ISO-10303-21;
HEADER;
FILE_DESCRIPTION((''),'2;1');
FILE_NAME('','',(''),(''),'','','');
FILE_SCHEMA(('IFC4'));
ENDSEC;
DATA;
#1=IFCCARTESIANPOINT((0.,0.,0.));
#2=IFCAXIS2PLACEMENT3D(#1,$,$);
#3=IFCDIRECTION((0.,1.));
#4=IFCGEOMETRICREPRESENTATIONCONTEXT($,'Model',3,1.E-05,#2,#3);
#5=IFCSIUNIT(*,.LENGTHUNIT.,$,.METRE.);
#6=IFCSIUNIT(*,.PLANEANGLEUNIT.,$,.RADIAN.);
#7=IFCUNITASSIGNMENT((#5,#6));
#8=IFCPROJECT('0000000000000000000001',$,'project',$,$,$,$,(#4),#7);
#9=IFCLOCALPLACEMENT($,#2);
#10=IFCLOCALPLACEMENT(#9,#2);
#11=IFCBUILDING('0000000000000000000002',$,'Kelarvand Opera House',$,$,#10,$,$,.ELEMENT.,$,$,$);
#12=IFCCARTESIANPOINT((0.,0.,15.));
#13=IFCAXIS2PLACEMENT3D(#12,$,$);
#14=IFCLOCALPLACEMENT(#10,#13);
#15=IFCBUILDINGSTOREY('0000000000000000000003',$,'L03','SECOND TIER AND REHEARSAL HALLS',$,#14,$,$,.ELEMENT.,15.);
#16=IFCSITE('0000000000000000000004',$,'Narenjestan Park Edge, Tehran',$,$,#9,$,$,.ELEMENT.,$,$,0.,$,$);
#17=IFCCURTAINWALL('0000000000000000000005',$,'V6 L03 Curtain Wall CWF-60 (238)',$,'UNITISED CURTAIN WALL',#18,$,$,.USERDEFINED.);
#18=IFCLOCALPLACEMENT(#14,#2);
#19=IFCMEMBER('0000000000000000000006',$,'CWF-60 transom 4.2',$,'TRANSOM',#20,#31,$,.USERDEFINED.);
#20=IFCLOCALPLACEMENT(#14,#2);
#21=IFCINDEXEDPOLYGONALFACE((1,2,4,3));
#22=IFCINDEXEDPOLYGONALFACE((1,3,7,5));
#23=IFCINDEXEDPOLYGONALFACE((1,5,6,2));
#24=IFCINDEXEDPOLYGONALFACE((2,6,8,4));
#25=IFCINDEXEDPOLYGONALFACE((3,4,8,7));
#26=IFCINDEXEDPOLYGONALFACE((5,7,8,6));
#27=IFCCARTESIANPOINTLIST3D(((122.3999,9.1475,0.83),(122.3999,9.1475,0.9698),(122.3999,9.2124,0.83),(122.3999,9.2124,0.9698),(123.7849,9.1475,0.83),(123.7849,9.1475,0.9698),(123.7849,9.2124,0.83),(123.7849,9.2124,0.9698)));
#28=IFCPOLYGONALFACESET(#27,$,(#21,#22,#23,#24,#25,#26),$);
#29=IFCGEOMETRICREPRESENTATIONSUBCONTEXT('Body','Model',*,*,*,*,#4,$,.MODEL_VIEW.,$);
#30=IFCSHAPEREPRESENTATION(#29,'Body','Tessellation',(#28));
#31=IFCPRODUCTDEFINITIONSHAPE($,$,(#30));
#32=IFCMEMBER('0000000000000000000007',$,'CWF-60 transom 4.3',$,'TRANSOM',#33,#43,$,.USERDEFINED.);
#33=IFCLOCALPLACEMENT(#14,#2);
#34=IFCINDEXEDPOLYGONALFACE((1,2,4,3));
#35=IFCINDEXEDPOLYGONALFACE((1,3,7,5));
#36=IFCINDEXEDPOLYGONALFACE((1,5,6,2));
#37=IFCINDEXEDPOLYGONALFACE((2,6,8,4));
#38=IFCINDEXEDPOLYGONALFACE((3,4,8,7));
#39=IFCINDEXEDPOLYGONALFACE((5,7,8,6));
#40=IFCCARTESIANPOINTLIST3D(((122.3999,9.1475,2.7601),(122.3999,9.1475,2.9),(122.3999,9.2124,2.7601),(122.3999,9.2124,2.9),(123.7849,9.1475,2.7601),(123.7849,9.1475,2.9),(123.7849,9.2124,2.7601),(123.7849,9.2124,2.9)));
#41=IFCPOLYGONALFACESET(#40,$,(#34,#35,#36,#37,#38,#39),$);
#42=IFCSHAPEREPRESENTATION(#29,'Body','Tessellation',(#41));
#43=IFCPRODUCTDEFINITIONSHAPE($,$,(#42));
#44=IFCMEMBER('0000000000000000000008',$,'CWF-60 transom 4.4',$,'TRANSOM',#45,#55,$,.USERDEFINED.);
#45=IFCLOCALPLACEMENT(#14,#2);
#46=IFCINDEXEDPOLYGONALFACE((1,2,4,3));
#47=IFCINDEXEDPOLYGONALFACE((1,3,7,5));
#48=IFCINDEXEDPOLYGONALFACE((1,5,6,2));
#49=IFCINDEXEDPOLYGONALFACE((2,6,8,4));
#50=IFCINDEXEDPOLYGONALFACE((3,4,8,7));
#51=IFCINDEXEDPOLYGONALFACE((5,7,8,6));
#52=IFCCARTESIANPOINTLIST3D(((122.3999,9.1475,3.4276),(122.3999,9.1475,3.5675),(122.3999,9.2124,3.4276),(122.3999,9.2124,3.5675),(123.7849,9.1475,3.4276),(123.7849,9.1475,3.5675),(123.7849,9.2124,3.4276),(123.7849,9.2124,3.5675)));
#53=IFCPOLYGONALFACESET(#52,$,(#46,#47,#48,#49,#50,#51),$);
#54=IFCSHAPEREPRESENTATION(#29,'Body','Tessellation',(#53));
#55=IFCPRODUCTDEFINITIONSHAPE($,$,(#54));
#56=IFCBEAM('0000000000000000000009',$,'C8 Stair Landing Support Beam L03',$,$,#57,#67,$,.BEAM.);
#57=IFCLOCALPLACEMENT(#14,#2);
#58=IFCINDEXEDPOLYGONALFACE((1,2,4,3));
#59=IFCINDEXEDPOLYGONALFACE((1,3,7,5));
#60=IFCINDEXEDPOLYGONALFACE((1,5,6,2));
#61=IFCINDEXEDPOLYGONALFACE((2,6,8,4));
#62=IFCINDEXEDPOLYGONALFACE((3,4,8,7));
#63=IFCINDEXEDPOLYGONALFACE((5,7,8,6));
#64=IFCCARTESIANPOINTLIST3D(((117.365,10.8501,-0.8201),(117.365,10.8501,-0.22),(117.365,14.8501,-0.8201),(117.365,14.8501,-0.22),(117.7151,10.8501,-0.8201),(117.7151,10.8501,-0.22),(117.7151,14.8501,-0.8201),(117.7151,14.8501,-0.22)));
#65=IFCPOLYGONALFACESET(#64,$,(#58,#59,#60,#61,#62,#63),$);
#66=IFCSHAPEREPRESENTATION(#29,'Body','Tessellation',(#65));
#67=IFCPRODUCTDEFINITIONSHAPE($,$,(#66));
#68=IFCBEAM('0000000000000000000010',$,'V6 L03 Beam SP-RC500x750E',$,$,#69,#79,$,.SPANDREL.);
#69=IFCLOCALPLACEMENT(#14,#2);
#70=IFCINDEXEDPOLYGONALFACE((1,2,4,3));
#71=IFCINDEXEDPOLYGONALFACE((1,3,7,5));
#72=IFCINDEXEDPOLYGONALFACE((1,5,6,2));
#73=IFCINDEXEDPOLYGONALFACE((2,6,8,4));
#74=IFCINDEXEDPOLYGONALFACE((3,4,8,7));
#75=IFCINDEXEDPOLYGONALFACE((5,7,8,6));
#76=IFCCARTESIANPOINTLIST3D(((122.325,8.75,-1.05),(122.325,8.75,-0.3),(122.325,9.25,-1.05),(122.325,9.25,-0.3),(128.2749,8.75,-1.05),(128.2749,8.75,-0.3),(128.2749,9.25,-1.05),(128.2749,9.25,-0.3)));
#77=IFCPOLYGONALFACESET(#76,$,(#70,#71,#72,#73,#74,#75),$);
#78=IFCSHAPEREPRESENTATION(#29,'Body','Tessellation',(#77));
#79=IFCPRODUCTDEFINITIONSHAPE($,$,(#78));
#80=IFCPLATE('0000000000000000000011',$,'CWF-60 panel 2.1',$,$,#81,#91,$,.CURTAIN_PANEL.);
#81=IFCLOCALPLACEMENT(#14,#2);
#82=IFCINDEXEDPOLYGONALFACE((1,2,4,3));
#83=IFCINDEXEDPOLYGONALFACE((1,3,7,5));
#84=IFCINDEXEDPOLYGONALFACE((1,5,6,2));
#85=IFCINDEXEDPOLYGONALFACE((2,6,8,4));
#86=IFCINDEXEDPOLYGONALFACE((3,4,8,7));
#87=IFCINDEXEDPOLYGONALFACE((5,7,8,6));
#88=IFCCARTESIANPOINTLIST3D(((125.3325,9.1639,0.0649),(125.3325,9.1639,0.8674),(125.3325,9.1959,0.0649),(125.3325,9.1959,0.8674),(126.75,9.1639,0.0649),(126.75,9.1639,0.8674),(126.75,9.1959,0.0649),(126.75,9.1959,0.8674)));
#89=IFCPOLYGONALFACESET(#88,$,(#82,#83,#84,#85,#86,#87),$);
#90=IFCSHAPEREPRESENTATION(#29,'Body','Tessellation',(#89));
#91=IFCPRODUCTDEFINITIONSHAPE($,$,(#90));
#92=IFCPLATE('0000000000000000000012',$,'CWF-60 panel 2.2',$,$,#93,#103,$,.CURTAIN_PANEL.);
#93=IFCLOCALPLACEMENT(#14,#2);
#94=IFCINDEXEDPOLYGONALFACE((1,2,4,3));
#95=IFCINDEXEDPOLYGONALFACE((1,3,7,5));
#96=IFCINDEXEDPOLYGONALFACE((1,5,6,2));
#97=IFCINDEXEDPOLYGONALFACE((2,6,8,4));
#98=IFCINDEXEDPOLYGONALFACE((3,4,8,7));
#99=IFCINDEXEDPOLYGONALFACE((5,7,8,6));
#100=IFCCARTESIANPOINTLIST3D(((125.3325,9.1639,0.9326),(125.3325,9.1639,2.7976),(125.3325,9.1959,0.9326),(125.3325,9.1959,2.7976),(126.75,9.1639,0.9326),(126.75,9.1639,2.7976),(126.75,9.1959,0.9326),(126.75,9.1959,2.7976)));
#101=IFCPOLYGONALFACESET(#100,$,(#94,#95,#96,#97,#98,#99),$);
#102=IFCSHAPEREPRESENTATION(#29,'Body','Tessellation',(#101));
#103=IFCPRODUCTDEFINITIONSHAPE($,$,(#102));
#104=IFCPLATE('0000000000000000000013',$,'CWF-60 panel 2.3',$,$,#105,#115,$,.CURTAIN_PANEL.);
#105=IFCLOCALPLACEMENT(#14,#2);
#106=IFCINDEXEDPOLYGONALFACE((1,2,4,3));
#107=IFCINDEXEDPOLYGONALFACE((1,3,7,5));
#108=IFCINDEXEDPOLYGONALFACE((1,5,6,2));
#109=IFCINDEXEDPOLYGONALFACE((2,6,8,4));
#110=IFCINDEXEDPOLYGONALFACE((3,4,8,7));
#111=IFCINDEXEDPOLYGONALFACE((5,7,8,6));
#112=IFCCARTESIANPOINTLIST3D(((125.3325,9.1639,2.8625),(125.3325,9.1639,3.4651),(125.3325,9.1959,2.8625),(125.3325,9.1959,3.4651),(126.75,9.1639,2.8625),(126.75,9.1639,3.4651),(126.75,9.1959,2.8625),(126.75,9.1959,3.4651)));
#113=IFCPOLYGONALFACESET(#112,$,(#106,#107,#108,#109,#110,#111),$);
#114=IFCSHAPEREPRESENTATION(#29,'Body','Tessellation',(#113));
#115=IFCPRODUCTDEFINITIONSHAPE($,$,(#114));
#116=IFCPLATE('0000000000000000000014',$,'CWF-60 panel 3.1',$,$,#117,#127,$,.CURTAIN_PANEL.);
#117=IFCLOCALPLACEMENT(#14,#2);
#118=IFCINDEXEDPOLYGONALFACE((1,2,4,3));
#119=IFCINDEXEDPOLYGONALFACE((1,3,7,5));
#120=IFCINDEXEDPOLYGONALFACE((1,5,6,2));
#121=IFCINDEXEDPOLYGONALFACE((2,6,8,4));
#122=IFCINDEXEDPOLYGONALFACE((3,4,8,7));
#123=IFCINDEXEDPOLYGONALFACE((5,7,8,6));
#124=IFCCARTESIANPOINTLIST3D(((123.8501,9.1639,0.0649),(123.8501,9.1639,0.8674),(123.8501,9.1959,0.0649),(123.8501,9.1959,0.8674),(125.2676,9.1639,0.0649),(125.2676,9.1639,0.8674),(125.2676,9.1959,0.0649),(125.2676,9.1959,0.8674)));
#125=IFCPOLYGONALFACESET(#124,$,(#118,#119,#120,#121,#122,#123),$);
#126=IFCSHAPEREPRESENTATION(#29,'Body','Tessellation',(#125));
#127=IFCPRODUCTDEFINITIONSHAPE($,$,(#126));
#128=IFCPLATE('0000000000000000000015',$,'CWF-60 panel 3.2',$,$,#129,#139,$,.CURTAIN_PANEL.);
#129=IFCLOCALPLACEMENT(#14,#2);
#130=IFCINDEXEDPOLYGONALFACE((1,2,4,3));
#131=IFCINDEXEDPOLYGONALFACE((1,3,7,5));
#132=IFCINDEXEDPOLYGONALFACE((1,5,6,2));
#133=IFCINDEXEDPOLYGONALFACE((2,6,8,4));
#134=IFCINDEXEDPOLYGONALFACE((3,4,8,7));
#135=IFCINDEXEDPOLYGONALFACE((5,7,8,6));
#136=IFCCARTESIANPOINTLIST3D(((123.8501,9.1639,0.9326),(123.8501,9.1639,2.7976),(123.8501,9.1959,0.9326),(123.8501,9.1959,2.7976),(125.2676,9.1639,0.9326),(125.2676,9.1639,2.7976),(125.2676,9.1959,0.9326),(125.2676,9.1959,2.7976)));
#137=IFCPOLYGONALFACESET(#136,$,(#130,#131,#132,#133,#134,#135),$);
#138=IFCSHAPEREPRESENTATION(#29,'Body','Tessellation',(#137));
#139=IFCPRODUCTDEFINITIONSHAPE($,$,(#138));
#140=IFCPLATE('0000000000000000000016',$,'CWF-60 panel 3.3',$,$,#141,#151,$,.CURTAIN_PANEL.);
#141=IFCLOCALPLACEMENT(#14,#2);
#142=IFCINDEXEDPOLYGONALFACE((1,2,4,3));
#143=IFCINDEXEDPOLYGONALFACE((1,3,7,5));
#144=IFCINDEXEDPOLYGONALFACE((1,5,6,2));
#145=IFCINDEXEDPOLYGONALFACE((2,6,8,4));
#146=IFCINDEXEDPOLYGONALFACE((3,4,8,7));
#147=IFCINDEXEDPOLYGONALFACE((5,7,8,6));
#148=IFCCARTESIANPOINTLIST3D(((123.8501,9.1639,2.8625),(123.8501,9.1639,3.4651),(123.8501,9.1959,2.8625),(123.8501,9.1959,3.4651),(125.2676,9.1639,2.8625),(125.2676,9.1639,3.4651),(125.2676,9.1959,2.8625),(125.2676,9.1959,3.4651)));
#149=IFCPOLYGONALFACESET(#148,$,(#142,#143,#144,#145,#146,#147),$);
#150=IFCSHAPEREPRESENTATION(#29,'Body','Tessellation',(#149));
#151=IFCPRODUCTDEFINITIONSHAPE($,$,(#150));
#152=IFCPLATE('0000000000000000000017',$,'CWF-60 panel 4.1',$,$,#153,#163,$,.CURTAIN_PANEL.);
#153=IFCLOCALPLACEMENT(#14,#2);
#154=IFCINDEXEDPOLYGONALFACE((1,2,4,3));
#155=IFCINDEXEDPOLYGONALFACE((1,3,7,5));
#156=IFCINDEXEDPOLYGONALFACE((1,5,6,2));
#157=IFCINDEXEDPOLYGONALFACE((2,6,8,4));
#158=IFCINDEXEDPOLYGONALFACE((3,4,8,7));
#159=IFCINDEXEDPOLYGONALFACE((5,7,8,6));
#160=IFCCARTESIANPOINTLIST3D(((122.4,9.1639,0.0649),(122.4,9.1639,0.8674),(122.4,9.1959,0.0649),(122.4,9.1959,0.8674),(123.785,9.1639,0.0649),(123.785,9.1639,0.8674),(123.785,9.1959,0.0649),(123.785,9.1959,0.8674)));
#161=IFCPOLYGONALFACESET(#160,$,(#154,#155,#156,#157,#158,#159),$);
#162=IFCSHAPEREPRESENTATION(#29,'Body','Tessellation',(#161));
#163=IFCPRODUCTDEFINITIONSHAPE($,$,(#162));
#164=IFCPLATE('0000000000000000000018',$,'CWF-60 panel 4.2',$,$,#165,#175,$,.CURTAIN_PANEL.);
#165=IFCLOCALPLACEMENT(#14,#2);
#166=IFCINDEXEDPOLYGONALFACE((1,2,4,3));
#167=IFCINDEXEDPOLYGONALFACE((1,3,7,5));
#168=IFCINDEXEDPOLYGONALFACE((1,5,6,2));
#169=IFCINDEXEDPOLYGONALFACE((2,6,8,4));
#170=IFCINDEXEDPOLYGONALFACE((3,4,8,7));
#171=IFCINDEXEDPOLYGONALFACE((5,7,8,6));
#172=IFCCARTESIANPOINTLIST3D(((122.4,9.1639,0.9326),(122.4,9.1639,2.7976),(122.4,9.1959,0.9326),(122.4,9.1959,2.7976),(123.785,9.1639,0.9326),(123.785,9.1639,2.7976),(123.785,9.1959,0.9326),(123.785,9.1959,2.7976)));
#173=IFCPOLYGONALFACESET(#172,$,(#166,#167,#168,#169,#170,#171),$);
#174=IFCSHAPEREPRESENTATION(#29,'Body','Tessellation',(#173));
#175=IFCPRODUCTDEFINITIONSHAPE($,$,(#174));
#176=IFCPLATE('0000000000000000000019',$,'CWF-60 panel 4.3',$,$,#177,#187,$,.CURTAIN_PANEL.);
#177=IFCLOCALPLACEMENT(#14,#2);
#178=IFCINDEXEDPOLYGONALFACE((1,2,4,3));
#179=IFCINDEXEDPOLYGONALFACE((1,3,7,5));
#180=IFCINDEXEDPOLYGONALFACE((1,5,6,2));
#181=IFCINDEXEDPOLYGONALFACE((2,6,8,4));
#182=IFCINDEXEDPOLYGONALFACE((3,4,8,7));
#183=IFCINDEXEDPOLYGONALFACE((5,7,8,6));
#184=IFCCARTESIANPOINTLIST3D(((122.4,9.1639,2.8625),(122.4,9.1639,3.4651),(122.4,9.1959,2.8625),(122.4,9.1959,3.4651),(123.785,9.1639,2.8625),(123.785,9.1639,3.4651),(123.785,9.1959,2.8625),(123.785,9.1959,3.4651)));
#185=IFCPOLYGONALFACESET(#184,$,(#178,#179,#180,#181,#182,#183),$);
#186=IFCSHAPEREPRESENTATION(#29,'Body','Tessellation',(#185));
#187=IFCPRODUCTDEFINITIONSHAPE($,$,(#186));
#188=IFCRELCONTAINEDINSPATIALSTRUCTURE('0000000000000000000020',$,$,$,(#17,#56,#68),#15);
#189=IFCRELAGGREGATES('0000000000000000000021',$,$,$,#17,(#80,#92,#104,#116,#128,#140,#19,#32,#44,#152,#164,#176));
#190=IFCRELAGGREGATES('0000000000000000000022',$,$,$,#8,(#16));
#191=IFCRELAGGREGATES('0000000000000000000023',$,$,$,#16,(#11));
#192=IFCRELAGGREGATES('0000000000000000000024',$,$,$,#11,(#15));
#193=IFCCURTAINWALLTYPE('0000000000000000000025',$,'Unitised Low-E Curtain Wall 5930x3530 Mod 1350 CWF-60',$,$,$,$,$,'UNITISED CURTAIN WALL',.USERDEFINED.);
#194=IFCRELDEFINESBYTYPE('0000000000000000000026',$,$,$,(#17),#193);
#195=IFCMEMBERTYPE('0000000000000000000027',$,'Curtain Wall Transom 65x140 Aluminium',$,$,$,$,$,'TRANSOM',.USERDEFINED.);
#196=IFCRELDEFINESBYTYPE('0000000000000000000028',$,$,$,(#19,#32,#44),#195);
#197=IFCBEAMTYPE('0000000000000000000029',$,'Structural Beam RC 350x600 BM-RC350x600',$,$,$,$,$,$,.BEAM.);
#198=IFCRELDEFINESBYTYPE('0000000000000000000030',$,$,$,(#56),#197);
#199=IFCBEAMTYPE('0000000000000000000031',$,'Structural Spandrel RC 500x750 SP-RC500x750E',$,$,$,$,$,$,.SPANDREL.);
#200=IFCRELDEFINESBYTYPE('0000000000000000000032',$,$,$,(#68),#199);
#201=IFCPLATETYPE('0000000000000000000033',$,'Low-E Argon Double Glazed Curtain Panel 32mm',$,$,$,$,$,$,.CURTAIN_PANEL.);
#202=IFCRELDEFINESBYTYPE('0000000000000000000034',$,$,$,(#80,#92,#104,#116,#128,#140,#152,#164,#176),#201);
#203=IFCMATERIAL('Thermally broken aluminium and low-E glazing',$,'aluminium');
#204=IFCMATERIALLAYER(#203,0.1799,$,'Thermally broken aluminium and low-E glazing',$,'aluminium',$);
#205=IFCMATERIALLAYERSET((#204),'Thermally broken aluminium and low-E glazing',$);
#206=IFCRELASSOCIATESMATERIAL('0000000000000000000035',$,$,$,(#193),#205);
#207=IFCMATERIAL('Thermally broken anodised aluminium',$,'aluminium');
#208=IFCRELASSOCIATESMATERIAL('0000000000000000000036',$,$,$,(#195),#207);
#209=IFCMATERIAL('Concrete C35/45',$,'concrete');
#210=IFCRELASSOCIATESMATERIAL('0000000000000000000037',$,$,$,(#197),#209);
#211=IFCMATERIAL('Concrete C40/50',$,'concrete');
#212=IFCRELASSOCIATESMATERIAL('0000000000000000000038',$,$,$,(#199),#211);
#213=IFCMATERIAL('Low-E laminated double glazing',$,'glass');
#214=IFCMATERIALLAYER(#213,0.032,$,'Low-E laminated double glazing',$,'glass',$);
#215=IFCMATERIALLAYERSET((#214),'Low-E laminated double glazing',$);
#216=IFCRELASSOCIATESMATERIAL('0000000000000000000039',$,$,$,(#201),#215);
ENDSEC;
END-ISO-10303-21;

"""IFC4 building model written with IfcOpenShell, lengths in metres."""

from ifc_helpers import new_model, si_unit, direction, frame, origin, origin_2d, place, context, subcontext, project, spatial, rectangle, extrude, material, layer, layer_set, material_profile, profile_set, type_object, element, aggregate, save


model = new_model("IFC4")

# Units and contexts
model_context = context("Model", 3, precision=1e-05, world=origin(), true_north=direction((0.0, 1.0)))
body_context = subcontext(model_context, "Body", "Model", "MODEL_VIEW")
ifc_project = project(units=[si_unit("LENGTHUNIT", "METRE"), si_unit("PLANEANGLEUNIT", "RADIAN")], contexts=[model_context])

# Site, building, storey
site_placement = place(None, origin())
site = spatial("IfcSite", under=ifc_project, at=site_placement, Name="Narenjestan Park Edge, Tehran", CompositionType="ELEMENT", RefElevation=0.0)
building_placement = place(site_placement, origin())
building = spatial("IfcBuilding", under=site, at=building_placement, Name="Kelarvand Opera House", CompositionType="ELEMENT")
storey_placement = place(building_placement, frame((0.0, 0.0, 15.0)))
storey = spatial("IfcBuildingStorey", under=building, at=storey_placement, Name="L03", Description="SECOND TIER AND REHEARSAL HALLS", CompositionType="ELEMENT", Elevation=15.0)

# Shared definitions
ifc_material_1 = material(Name="Concrete C40/50", Category="concrete")

# Curtain wall, members
ifc_material_2 = material(Name="Thermally broken aluminium and low-E glazing", Category="aluminium")
ifc_layer_1 = layer(ifc_material_2, 0.1799, Name="Thermally broken aluminium and low-E glazing", Category="aluminium")
ifc_layer_set_1 = layer_set([ifc_layer_1], Name="Thermally broken aluminium and low-E glazing")
curtain_wall_type = type_object("IfcCurtainWallType", Name="Unitised Low-E Curtain Wall 5930x3530 Mod 1350 CWF-60", ElementType="UNITISED CURTAIN WALL", PredefinedType="USERDEFINED", material=ifc_layer_set_1)
curtain_wall_placement = place(storey_placement, origin())
curtain_wall = element("IfcCurtainWall", 1, at=curtain_wall_placement, inside=storey, type_object=curtain_wall_type, Name="V6 L03 Curtain Wall CWF-60 (238)", ObjectType="UNITISED CURTAIN WALL", PredefinedType="USERDEFINED")
ifc_material_3 = material(Name="Thermally broken anodised aluminium", Category="aluminium")
ifc_material_profile_1 = material_profile(ifc_material_3, rectangle(XDim=0.0649, YDim=0.1399, at=origin_2d()), Name="ALU TRANSOM 65x140", Category="aluminium")
ifc_profile_set_1 = profile_set([ifc_material_profile_1], Name="Thermally broken anodised aluminium")
member_type_1 = type_object("IfcMemberType", Name="Curtain Wall Transom 65x140 Aluminium", ElementType="TRANSOM", PredefinedType="USERDEFINED", material=ifc_profile_set_1)
member_1_placement = place(storey_placement, frame((123.7849, 9.1799, 0.8999), z_axis=(-1.0, 0.0, 0.0), x_axis=(0.0, -1.0, 0.0)))
member_1 = element("IfcMember", 2, at=member_1_placement, type_object=member_type_1, Name="CWF-60 transom 4.2", ObjectType="TRANSOM", PredefinedType="USERDEFINED", context=body_context, shape_type="SweptSolid", body=[
    extrude(rectangle(XDim=0.0649, YDim=0.1399, at=origin_2d()), origin(), (0.0, 0.0, 1.0), 1.385),
])
member_2_placement = place(storey_placement, frame((123.7849, 9.1799, 2.8301), z_axis=(-1.0, 0.0, 0.0), x_axis=(0.0, -1.0, 0.0)))
member_2 = element("IfcMember", 3, at=member_2_placement, type_object=member_type_1, Name="CWF-60 transom 4.3", ObjectType="TRANSOM", PredefinedType="USERDEFINED", context=body_context, shape_type="SweptSolid", body=[
    extrude(rectangle(XDim=0.0649, YDim=0.1399, at=origin_2d()), origin(), (0.0, 0.0, 1.0), 1.385),
])
member_3_placement = place(storey_placement, frame((123.7849, 9.1799, 3.4976), z_axis=(-1.0, 0.0, 0.0), x_axis=(0.0, -1.0, 0.0)))
member_3 = element("IfcMember", 4, at=member_3_placement, type_object=member_type_1, Name="CWF-60 transom 4.4", ObjectType="TRANSOM", PredefinedType="USERDEFINED", context=body_context, shape_type="SweptSolid", body=[
    extrude(rectangle(XDim=0.0649, YDim=0.1399, at=origin_2d()), origin(), (0.0, 0.0, 1.0), 1.385),
])

# Beams
ifc_material_4 = material(Name="Concrete C35/45", Category="concrete")
ifc_material_profile_2 = material_profile(ifc_material_4, rectangle(XDim=0.3501, YDim=0.6001, at=origin_2d()), Name="RC 350x600", Category="concrete")
ifc_profile_set_2 = profile_set([ifc_material_profile_2], Name="Concrete C35/45")
beam_type_1 = type_object("IfcBeamType", Name="Structural Beam RC 350x600 BM-RC350x600", PredefinedType="BEAM", material=ifc_profile_set_2)
beam_1_placement = place(storey_placement, frame((117.54, 10.8501, -0.52), z_axis=(0.0, 1.0, 0.0), x_axis=(-1.0, 0.0, 0.0)))
element("IfcBeam", 5, at=beam_1_placement, inside=storey, type_object=beam_type_1, Name="C8 Stair Landing Support Beam L03", PredefinedType="BEAM", context=body_context, shape_type="SweptSolid", body=[
    extrude(rectangle(XDim=0.3501, YDim=0.6001, at=origin_2d()), origin(), (0.0, 0.0, 1.0), 4.0),
])
ifc_material_profile_3 = material_profile(ifc_material_1, rectangle(XDim=0.5, YDim=0.75, at=origin_2d()), Name="RC 500x750", Category="concrete")
ifc_profile_set_3 = profile_set([ifc_material_profile_3], Name="Concrete C40/50")
beam_type_2 = type_object("IfcBeamType", Name="Structural Spandrel RC 500x750 SP-RC500x750E", PredefinedType="SPANDREL", material=ifc_profile_set_3)
beam_2_placement = place(storey_placement, frame((122.325, 9.0, -0.675), z_axis=(1.0, 0.0, 0.0), x_axis=(0.0, 1.0, 0.0)))
element("IfcBeam", 6, at=beam_2_placement, inside=storey, type_object=beam_type_2, Name="V6 L03 Beam SP-RC500x750E", PredefinedType="SPANDREL", context=body_context, shape_type="SweptSolid", body=[
    extrude(rectangle(XDim=0.5, YDim=0.75, at=origin_2d()), origin(), (0.0, 0.0, 1.0), 5.95),
])

# Plates
ifc_material_5 = material(Name="Low-E laminated double glazing", Category="glass")
ifc_layer_2 = layer(ifc_material_5, 0.032, Name="Low-E laminated double glazing", Category="glass")
ifc_layer_set_2 = layer_set([ifc_layer_2], Name="Low-E laminated double glazing")
plate_type = type_object("IfcPlateType", Name="Low-E Argon Double Glazed Curtain Panel 32mm", PredefinedType="CURTAIN_PANEL", material=ifc_layer_set_2)
plate_1_placement = place(storey_placement, frame((126.0413, 9.1799, 0.0649), z_axis=(0.0, 0.0, 1.0), x_axis=(-1.0, 0.0, 0.0)))
plate_1 = element("IfcPlate", 7, at=plate_1_placement, type_object=plate_type, Name="CWF-60 panel 2.1", PredefinedType="CURTAIN_PANEL", context=body_context, shape_type="SweptSolid", body=[
    extrude(rectangle(XDim=1.4175, YDim=0.032, at=origin_2d()), origin(), (0.0, 0.0, 1.0), 0.8025),
])
plate_2_placement = place(storey_placement, frame((126.0413, 9.1799, 0.9326), z_axis=(0.0, 0.0, 1.0), x_axis=(-1.0, 0.0, 0.0)))
plate_2 = element("IfcPlate", 8, at=plate_2_placement, type_object=plate_type, Name="CWF-60 panel 2.2", PredefinedType="CURTAIN_PANEL", context=body_context, shape_type="SweptSolid", body=[
    extrude(rectangle(XDim=1.4175, YDim=0.032, at=origin_2d()), origin(), (0.0, 0.0, 1.0), 1.865),
])
plate_3_placement = place(storey_placement, frame((126.0413, 9.1799, 2.8625), z_axis=(0.0, 0.0, 1.0), x_axis=(-1.0, 0.0, 0.0)))
plate_3 = element("IfcPlate", 9, at=plate_3_placement, type_object=plate_type, Name="CWF-60 panel 2.3", PredefinedType="CURTAIN_PANEL", context=body_context, shape_type="SweptSolid", body=[
    extrude(rectangle(XDim=1.4175, YDim=0.032, at=origin_2d()), origin(), (0.0, 0.0, 1.0), 0.6025),
])
plate_4_placement = place(storey_placement, frame((124.5588, 9.1799, 0.0649), z_axis=(0.0, 0.0, 1.0), x_axis=(-1.0, 0.0, 0.0)))
plate_4 = element("IfcPlate", 10, at=plate_4_placement, type_object=plate_type, Name="CWF-60 panel 3.1", PredefinedType="CURTAIN_PANEL", context=body_context, shape_type="SweptSolid", body=[
    extrude(rectangle(XDim=1.4175, YDim=0.032, at=origin_2d()), origin(), (0.0, 0.0, 1.0), 0.8025),
])
plate_5_placement = place(storey_placement, frame((124.5588, 9.1799, 0.9326), z_axis=(0.0, 0.0, 1.0), x_axis=(-1.0, 0.0, 0.0)))
plate_5 = element("IfcPlate", 11, at=plate_5_placement, type_object=plate_type, Name="CWF-60 panel 3.2", PredefinedType="CURTAIN_PANEL", context=body_context, shape_type="SweptSolid", body=[
    extrude(rectangle(XDim=1.4175, YDim=0.032, at=origin_2d()), origin(), (0.0, 0.0, 1.0), 1.865),
])
plate_6_placement = place(storey_placement, frame((124.5588, 9.1799, 2.8625), z_axis=(0.0, 0.0, 1.0), x_axis=(-1.0, 0.0, 0.0)))
plate_6 = element("IfcPlate", 12, at=plate_6_placement, type_object=plate_type, Name="CWF-60 panel 3.3", PredefinedType="CURTAIN_PANEL", context=body_context, shape_type="SweptSolid", body=[
    extrude(rectangle(XDim=1.4175, YDim=0.032, at=origin_2d()), origin(), (0.0, 0.0, 1.0), 0.6025),
])
plate_7_placement = place(storey_placement, frame((123.0925, 9.1799, 0.0649), z_axis=(0.0, 0.0, 1.0), x_axis=(-1.0, 0.0, 0.0)))
plate_7 = element("IfcPlate", 13, at=plate_7_placement, type_object=plate_type, Name="CWF-60 panel 4.1", PredefinedType="CURTAIN_PANEL", context=body_context, shape_type="SweptSolid", body=[
    extrude(rectangle(XDim=1.385, YDim=0.032, at=origin_2d()), origin(), (0.0, 0.0, 1.0), 0.8025),
])
plate_8_placement = place(storey_placement, frame((123.0925, 9.1799, 0.9326), z_axis=(0.0, 0.0, 1.0), x_axis=(-1.0, 0.0, 0.0)))
plate_8 = element("IfcPlate", 14, at=plate_8_placement, type_object=plate_type, Name="CWF-60 panel 4.2", PredefinedType="CURTAIN_PANEL", context=body_context, shape_type="SweptSolid", body=[
    extrude(rectangle(XDim=1.385, YDim=0.032, at=origin_2d()), origin(), (0.0, 0.0, 1.0), 1.865),
])
plate_9_placement = place(storey_placement, frame((123.0925, 9.1799, 2.8625), z_axis=(0.0, 0.0, 1.0), x_axis=(-1.0, 0.0, 0.0)))
plate_9 = element("IfcPlate", 15, at=plate_9_placement, type_object=plate_type, Name="CWF-60 panel 4.3", PredefinedType="CURTAIN_PANEL", context=body_context, shape_type="SweptSolid", body=[
    extrude(rectangle(XDim=1.385, YDim=0.032, at=origin_2d()), origin(), (0.0, 0.0, 1.0), 0.6025),
])
aggregate(curtain_wall, [plate_1, plate_2, plate_3, plate_4, plate_5, plate_6, member_1, member_2, member_3, plate_7, plate_8, plate_9])

save(model, "model.ifc")
